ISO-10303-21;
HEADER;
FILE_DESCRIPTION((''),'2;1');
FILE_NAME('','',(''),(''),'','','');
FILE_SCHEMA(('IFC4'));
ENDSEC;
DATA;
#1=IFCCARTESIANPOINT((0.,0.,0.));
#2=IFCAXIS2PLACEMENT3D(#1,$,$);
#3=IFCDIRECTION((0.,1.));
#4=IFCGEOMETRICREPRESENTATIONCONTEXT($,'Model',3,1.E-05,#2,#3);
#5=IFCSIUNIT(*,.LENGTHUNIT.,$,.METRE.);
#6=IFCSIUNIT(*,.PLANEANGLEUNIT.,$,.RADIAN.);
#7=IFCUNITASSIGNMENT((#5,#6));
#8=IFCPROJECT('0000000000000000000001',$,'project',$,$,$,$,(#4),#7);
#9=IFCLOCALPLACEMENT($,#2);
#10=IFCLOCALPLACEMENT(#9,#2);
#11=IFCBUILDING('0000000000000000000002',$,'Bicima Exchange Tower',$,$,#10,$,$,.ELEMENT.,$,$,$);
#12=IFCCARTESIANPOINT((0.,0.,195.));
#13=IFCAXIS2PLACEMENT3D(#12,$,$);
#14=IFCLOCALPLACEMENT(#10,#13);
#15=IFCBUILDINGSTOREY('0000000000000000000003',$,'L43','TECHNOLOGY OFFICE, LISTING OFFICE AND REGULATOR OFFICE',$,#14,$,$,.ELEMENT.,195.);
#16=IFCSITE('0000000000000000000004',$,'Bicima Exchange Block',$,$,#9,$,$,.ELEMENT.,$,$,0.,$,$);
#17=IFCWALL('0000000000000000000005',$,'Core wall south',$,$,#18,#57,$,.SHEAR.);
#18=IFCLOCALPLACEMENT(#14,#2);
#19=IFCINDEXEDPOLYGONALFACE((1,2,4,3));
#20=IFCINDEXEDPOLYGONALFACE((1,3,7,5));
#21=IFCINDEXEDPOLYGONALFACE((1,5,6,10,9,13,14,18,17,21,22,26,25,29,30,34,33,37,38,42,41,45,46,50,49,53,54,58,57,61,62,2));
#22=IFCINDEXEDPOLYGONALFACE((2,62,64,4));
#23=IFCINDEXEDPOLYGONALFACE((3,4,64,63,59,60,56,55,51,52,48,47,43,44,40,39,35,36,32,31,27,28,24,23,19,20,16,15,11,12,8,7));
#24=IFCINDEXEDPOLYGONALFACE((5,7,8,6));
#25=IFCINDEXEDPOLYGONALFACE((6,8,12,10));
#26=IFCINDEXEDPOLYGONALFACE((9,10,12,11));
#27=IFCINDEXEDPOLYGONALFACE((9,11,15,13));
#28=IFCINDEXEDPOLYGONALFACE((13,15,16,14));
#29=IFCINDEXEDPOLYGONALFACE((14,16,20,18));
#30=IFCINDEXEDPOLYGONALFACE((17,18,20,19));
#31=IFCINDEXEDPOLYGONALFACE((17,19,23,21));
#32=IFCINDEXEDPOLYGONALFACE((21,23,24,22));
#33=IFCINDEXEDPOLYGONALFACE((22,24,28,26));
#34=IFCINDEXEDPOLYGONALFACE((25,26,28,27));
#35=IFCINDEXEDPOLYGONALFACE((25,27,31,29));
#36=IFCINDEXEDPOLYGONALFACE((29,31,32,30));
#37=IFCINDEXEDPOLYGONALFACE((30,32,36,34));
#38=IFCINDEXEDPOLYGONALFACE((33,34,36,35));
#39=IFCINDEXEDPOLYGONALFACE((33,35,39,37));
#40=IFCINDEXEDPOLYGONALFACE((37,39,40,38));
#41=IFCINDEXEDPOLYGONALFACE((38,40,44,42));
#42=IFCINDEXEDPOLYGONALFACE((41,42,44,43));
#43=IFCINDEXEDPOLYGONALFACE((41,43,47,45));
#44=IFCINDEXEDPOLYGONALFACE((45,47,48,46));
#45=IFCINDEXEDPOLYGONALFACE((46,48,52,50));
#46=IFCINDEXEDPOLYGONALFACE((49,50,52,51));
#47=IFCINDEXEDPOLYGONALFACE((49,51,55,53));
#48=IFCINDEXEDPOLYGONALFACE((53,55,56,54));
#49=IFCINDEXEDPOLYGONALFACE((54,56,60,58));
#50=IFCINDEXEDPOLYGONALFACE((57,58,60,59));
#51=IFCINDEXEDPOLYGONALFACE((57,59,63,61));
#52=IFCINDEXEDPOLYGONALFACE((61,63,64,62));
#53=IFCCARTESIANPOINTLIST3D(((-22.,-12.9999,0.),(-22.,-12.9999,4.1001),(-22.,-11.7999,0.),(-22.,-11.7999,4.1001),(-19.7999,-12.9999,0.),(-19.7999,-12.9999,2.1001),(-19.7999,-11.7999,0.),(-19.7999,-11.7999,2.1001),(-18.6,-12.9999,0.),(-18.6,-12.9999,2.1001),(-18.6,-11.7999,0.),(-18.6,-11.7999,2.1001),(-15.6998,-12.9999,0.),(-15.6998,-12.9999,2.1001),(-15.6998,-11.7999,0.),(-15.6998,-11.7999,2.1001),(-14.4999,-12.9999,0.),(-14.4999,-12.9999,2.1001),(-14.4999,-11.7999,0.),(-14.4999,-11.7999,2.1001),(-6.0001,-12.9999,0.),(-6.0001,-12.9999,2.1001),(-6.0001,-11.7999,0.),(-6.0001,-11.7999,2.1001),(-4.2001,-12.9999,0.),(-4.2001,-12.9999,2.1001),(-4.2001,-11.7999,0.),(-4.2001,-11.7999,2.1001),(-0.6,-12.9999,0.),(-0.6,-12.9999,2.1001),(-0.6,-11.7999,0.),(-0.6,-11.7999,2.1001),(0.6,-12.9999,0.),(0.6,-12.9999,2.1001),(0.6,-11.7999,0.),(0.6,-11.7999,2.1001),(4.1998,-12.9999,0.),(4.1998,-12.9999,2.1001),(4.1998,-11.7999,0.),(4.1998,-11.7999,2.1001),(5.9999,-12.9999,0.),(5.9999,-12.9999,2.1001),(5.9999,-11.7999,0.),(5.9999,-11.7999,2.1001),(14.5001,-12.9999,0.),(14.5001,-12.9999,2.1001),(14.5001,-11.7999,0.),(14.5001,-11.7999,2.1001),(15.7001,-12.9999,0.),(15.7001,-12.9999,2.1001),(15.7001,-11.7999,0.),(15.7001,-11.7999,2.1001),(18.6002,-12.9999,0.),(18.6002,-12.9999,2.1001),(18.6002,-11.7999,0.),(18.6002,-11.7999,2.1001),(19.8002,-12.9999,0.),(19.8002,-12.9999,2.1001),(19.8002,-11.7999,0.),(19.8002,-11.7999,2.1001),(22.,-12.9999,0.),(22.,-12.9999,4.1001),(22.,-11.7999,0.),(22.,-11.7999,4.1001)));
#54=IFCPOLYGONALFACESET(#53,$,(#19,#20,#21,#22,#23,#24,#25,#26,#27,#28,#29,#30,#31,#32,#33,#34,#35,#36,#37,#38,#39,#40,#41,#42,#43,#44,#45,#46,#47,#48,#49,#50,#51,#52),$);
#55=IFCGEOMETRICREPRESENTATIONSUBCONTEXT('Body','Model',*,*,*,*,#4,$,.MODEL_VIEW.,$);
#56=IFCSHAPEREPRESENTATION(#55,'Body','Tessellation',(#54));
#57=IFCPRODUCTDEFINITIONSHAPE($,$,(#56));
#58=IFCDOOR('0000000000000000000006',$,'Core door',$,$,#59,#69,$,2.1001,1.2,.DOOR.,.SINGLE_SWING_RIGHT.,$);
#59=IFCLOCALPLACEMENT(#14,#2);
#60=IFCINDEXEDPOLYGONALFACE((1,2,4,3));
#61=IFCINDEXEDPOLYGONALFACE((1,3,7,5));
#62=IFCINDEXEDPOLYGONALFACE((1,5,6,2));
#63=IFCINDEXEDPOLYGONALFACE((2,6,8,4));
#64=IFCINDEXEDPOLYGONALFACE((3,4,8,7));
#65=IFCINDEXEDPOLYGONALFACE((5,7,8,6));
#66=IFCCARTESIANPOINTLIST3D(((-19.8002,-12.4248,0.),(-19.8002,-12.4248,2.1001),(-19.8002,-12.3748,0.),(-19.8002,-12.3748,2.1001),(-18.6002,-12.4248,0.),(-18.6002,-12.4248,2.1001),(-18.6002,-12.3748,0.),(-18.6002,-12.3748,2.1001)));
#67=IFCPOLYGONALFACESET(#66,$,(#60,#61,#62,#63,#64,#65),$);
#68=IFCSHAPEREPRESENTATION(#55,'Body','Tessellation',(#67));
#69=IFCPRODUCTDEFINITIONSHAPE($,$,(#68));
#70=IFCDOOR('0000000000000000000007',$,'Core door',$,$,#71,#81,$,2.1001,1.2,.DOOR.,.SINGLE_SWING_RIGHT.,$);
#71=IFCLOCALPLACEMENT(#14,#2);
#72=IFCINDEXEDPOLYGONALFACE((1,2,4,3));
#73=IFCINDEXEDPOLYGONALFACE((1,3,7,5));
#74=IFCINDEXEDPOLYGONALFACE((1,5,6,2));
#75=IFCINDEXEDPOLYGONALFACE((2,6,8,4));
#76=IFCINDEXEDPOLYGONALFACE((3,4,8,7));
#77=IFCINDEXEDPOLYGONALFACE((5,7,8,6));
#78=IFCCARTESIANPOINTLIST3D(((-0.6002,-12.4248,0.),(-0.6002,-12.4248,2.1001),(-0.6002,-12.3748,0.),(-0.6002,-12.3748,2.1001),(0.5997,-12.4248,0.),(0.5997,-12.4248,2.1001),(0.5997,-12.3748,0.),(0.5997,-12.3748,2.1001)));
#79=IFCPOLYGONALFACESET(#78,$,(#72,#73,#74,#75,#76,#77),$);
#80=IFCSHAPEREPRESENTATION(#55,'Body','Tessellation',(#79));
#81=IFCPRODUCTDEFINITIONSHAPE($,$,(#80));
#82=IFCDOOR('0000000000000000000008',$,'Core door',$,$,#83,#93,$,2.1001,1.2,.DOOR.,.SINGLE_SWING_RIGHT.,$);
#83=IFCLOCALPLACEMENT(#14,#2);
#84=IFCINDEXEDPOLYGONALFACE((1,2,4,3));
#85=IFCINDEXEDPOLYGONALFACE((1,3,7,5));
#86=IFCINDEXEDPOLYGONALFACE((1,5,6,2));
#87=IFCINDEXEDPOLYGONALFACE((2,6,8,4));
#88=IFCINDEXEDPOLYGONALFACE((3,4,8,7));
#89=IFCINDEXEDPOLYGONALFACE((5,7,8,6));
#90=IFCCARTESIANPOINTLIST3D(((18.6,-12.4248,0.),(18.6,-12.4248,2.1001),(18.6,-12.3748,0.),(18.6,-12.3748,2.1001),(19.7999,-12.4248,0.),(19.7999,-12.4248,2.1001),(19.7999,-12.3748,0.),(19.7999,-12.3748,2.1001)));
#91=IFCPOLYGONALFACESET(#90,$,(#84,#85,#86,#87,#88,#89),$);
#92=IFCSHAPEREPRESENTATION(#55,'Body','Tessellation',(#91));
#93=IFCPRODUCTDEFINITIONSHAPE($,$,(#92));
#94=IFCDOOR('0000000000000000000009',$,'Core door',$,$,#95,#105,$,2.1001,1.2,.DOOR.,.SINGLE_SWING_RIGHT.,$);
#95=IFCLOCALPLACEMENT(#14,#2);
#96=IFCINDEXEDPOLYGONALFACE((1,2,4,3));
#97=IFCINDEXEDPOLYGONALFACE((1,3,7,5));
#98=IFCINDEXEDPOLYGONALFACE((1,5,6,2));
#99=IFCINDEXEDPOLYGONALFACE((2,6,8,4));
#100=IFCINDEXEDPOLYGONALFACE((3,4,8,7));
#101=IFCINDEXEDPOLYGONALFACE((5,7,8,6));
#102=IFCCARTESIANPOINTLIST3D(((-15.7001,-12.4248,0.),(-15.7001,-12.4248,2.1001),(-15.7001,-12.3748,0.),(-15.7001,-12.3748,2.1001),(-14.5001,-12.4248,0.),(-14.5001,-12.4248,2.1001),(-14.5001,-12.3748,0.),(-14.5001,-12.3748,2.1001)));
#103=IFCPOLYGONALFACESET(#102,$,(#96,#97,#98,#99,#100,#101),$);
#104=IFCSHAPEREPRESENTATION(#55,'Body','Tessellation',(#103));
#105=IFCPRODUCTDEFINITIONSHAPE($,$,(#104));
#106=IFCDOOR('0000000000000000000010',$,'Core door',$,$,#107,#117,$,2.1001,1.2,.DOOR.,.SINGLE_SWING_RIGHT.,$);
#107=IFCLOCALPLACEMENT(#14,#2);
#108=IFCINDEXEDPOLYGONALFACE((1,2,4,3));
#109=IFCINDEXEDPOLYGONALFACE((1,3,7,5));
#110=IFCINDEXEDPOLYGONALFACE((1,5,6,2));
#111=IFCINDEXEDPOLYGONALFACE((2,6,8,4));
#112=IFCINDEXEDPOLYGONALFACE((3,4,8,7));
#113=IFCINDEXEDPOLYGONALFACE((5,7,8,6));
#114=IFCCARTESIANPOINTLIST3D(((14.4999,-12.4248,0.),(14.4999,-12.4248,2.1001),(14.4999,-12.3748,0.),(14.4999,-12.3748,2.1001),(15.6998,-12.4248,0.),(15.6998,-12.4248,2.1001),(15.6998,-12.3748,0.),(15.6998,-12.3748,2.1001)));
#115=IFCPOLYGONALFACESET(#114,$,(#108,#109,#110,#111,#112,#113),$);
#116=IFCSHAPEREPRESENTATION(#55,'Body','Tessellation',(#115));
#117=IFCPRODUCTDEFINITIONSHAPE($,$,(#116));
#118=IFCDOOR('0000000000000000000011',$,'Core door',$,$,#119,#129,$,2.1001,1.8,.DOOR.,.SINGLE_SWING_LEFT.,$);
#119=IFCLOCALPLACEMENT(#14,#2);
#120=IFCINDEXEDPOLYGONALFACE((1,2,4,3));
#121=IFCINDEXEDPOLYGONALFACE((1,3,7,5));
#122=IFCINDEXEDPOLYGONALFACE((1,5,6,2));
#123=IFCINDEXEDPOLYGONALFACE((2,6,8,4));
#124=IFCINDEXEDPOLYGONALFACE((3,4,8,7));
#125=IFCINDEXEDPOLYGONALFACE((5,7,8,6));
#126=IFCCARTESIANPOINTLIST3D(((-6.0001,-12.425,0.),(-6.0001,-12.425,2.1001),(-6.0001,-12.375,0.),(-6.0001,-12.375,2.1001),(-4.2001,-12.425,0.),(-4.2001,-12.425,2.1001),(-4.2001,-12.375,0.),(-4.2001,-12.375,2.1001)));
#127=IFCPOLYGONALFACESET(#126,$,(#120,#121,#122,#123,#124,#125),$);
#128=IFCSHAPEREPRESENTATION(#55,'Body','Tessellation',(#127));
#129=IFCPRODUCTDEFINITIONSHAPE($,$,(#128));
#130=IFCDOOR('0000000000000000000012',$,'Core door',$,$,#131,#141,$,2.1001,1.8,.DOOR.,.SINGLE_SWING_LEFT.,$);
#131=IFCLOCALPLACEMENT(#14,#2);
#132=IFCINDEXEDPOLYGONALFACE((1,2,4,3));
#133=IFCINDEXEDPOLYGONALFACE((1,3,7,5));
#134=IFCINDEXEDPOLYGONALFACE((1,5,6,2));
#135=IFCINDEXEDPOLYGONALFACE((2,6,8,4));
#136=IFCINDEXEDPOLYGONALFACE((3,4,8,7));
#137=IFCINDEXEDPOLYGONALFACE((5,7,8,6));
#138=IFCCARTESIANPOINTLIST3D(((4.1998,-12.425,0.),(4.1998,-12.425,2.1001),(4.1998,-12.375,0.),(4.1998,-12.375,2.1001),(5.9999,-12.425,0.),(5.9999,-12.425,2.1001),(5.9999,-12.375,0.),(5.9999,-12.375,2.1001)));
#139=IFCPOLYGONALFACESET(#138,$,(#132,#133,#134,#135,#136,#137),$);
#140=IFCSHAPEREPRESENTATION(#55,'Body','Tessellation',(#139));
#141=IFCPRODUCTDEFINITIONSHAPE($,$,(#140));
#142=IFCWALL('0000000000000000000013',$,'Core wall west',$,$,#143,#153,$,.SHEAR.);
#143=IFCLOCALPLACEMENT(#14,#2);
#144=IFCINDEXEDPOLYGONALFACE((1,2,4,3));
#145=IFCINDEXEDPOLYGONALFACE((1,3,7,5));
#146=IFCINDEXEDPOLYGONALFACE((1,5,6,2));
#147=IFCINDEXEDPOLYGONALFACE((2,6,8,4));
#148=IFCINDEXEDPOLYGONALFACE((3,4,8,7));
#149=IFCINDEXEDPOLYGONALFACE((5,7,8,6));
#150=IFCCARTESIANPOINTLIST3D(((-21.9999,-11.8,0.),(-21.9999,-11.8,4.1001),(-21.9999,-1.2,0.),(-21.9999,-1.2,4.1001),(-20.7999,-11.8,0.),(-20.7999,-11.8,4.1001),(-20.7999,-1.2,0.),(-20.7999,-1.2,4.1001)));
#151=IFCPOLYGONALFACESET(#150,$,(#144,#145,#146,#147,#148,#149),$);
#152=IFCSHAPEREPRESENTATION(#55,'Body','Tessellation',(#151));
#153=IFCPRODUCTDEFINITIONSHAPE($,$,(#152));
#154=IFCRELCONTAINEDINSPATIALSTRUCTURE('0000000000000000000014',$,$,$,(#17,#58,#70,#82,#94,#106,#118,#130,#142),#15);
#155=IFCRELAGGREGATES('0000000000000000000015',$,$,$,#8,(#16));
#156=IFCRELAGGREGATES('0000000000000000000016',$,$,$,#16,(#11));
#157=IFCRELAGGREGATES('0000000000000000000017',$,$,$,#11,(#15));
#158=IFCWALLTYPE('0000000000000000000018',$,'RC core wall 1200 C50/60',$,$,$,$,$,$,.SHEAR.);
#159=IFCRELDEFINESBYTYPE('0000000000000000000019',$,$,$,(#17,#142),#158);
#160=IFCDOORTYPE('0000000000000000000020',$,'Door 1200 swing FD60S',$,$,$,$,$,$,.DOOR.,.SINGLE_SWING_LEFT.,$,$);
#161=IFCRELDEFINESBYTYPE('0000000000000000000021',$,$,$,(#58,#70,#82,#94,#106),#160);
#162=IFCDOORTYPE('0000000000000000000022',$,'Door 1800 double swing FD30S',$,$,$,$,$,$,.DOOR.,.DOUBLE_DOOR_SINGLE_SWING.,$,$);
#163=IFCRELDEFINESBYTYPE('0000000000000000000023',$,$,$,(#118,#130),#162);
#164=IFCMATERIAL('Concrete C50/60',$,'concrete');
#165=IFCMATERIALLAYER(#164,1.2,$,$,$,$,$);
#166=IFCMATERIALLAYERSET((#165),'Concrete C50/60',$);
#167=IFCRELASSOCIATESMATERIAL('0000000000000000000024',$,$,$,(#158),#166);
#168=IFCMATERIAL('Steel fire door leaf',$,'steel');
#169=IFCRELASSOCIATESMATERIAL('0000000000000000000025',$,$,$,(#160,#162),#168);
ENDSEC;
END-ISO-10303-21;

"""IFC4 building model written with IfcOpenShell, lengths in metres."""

from ifc_helpers import new_model, si_unit, direction, frame, frame_2d, origin, place, context, subcontext, project, spatial, rectangle, extrude, material, layer, layer_set, type_object, element, fill, save


model = new_model("IFC4")

# Units and contexts
model_context = context("Model", 3, precision=1e-05, world=origin(), true_north=direction((0.0, 1.0)))
body_context = subcontext(model_context, "Body", "Model", "MODEL_VIEW")
ifc_project = project(units=[si_unit("LENGTHUNIT", "METRE"), si_unit("PLANEANGLEUNIT", "RADIAN")], contexts=[model_context])

# Site, building, storey
site_placement = place(None, origin())
site = spatial("IfcSite", under=ifc_project, at=site_placement, Name="Bicima Exchange Block", CompositionType="ELEMENT", RefElevation=0.0)
building_placement = place(site_placement, origin())
building = spatial("IfcBuilding", under=site, at=building_placement, Name="Bicima Exchange Tower", CompositionType="ELEMENT")
storey_placement = place(building_placement, frame((0.0, 0.0, 195.0)))
storey = spatial("IfcBuildingStorey", under=building, at=storey_placement, Name="L43", Description="TECHNOLOGY OFFICE, LISTING OFFICE AND REGULATOR OFFICE", CompositionType="ELEMENT", Elevation=195.0)

# Wall, openings, doors
ifc_material_1 = material(Name="Concrete C50/60", Category="concrete")
ifc_layer_1 = layer(ifc_material_1, 1.2)
ifc_layer_set_1 = layer_set([ifc_layer_1], Name="Concrete C50/60")
wall_type_1 = type_object("IfcWallType", Name="RC core wall 1200 C50/60", PredefinedType="SHEAR", material=ifc_layer_set_1)
wall_1_placement = place(storey_placement, frame((-22.0, -12.3999, 0.0), z_axis=(0.0, 0.0, 1.0), x_axis=(1.0, 0.0, 0.0)))
wall_1 = element("IfcWall", 1, at=wall_1_placement, inside=storey, type_object=wall_type_1, Name="Core wall south", PredefinedType="SHEAR", context=body_context, shape_type="SweptSolid", body=[
    extrude(rectangle(XDim=44.0, YDim=1.2, at=frame_2d((22.0, 0.0))), origin(), (0.0, 0.0, 1.0), 4.1001),
])
opening_1_placement = place(wall_1_placement, frame((2.2, 0.0, 0.0)))
opening_1 = element("IfcOpeningElement", 2, at=opening_1_placement, cuts=wall_1, PredefinedType="OPENING", context=body_context, shape_type="SweptSolid", body=[
    extrude(rectangle(XDim=1.2, YDim=2.1001, at=frame_2d((0.6001, 1.05))), frame((0.0, 0.6118, 0.0), z_axis=(0.0, -1.0, 0.0), x_axis=(1.0, 0.0, 0.0)), (0.0, 0.0, 1.0), 1.2239),
])
opening_2_placement = place(wall_1_placement, frame((21.3999, 0.0, 0.0)))
opening_2 = element("IfcOpeningElement", 3, at=opening_2_placement, cuts=wall_1, PredefinedType="OPENING", context=body_context, shape_type="SweptSolid", body=[
    extrude(rectangle(XDim=1.2, YDim=2.1001, at=frame_2d((0.6001, 1.05))), frame((0.0, 0.6118, 0.0), z_axis=(0.0, -1.0, 0.0), x_axis=(1.0, 0.0, 0.0)), (0.0, 0.0, 1.0), 1.2239),
])
opening_3_placement = place(wall_1_placement, frame((40.6001, 0.0, 0.0)))
opening_3 = element("IfcOpeningElement", 4, at=opening_3_placement, cuts=wall_1, PredefinedType="OPENING", context=body_context, shape_type="SweptSolid", body=[
    extrude(rectangle(XDim=1.2, YDim=2.1001, at=frame_2d((0.6001, 1.05))), frame((0.0, 0.6118, 0.0), z_axis=(0.0, -1.0, 0.0), x_axis=(1.0, 0.0, 0.0)), (0.0, 0.0, 1.0), 1.2239),
])
opening_4_placement = place(wall_1_placement, frame((16.0, 0.0, 0.0)))
opening_4 = element("IfcOpeningElement", 5, at=opening_4_placement, cuts=wall_1, PredefinedType="OPENING", context=body_context, shape_type="SweptSolid", body=[
    extrude(rectangle(XDim=1.8, YDim=2.1001, at=frame_2d((0.8999, 1.05))), frame((0.0, 0.6118, 0.0), z_axis=(0.0, -1.0, 0.0), x_axis=(1.0, 0.0, 0.0)), (0.0, 0.0, 1.0), 1.2239),
])
opening_5_placement = place(wall_1_placement, frame((6.3, 0.0, 0.0)))
opening_5 = element("IfcOpeningElement", 6, at=opening_5_placement, cuts=wall_1, PredefinedType="OPENING", context=body_context, shape_type="SweptSolid", body=[
    extrude(rectangle(XDim=1.2, YDim=2.1001, at=frame_2d((0.6001, 1.05))), frame((0.0, 0.6118, 0.0), z_axis=(0.0, -1.0, 0.0), x_axis=(1.0, 0.0, 0.0)), (0.0, 0.0, 1.0), 1.2239),
])
opening_6_placement = place(wall_1_placement, frame((26.2, 0.0, 0.0)))
opening_6 = element("IfcOpeningElement", 7, at=opening_6_placement, cuts=wall_1, PredefinedType="OPENING", context=body_context, shape_type="SweptSolid", body=[
    extrude(rectangle(XDim=1.8, YDim=2.1001, at=frame_2d((0.8999, 1.05))), frame((0.0, 0.6118, 0.0), z_axis=(0.0, -1.0, 0.0), x_axis=(1.0, 0.0, 0.0)), (0.0, 0.0, 1.0), 1.2239),
])
opening_7_placement = place(wall_1_placement, frame((36.5, 0.0, 0.0)))
opening_7 = element("IfcOpeningElement", 8, at=opening_7_placement, cuts=wall_1, PredefinedType="OPENING", context=body_context, shape_type="SweptSolid", body=[
    extrude(rectangle(XDim=1.2, YDim=2.1001, at=frame_2d((0.6001, 1.05))), frame((0.0, 0.6118, 0.0), z_axis=(0.0, -1.0, 0.0), x_axis=(1.0, 0.0, 0.0)), (0.0, 0.0, 1.0), 1.2239),
])
ifc_material_2 = material(Name="Steel fire door leaf", Category="steel")
door_type_1 = type_object("IfcDoorType", Name="Door 1200 swing FD60S", OperationType="SINGLE_SWING_LEFT", PredefinedType="DOOR", material=ifc_material_2)
door_1_placement = place(opening_1_placement, frame((1.2, 0.0, 0.0), z_axis=(0.0, 0.0, 1.0), x_axis=(-1.0, 0.0, 0.0)))
door_1 = element("IfcDoor", 9, at=door_1_placement, inside=storey, type_object=door_type_1, Name="Core door", OperationType="SINGLE_SWING_RIGHT", OverallHeight=2.1001, OverallWidth=1.2, PredefinedType="DOOR", context=body_context, shape_type="SweptSolid", body=[
    extrude(rectangle(XDim=1.2, YDim=2.1001, at=frame_2d((0.6001, 1.05))), frame((0.0, 0.0249, 0.0), z_axis=(0.0, -1.0, 0.0), x_axis=(1.0, 0.0, 0.0)), (0.0, 0.0, 1.0), 0.05),
])
fill(opening_1, door_1)
door_2_placement = place(opening_2_placement, frame((1.2, 0.0, 0.0), z_axis=(0.0, 0.0, 1.0), x_axis=(-1.0, 0.0, 0.0)))
door_2 = element("IfcDoor", 10, at=door_2_placement, inside=storey, type_object=door_type_1, Name="Core door", OperationType="SINGLE_SWING_RIGHT", OverallHeight=2.1001, OverallWidth=1.2, PredefinedType="DOOR", context=body_context, shape_type="SweptSolid", body=[
    extrude(rectangle(XDim=1.2, YDim=2.1001, at=frame_2d((0.6001, 1.05))), frame((0.0, 0.0249, 0.0), z_axis=(0.0, -1.0, 0.0), x_axis=(1.0, 0.0, 0.0)), (0.0, 0.0, 1.0), 0.05),
])
fill(opening_2, door_2)
door_3_placement = place(opening_3_placement, frame((1.2, 0.0, 0.0), z_axis=(0.0, 0.0, 1.0), x_axis=(-1.0, 0.0, 0.0)))
door_3 = element("IfcDoor", 11, at=door_3_placement, inside=storey, type_object=door_type_1, Name="Core door", OperationType="SINGLE_SWING_RIGHT", OverallHeight=2.1001, OverallWidth=1.2, PredefinedType="DOOR", context=body_context, shape_type="SweptSolid", body=[
    extrude(rectangle(XDim=1.2, YDim=2.1001, at=frame_2d((0.6001, 1.05))), frame((0.0, 0.0249, 0.0), z_axis=(0.0, -1.0, 0.0), x_axis=(1.0, 0.0, 0.0)), (0.0, 0.0, 1.0), 0.05),
])
fill(opening_3, door_3)
door_4_placement = place(opening_5_placement, frame((1.2, 0.0, 0.0), z_axis=(0.0, 0.0, 1.0), x_axis=(-1.0, 0.0, 0.0)))
door_4 = element("IfcDoor", 12, at=door_4_placement, inside=storey, type_object=door_type_1, Name="Core door", OperationType="SINGLE_SWING_RIGHT", OverallHeight=2.1001, OverallWidth=1.2, PredefinedType="DOOR", context=body_context, shape_type="SweptSolid", body=[
    extrude(rectangle(XDim=1.2, YDim=2.1001, at=frame_2d((0.6001, 1.05))), frame((0.0, 0.0249, 0.0), z_axis=(0.0, -1.0, 0.0), x_axis=(1.0, 0.0, 0.0)), (0.0, 0.0, 1.0), 0.05),
])
fill(opening_5, door_4)
door_5_placement = place(opening_7_placement, frame((1.2, 0.0, 0.0), z_axis=(0.0, 0.0, 1.0), x_axis=(-1.0, 0.0, 0.0)))
door_5 = element("IfcDoor", 13, at=door_5_placement, inside=storey, type_object=door_type_1, Name="Core door", OperationType="SINGLE_SWING_RIGHT", OverallHeight=2.1001, OverallWidth=1.2, PredefinedType="DOOR", context=body_context, shape_type="SweptSolid", body=[
    extrude(rectangle(XDim=1.2, YDim=2.1001, at=frame_2d((0.6001, 1.05))), frame((0.0, 0.0249, 0.0), z_axis=(0.0, -1.0, 0.0), x_axis=(1.0, 0.0, 0.0)), (0.0, 0.0, 1.0), 0.05),
])
fill(opening_7, door_5)
door_type_2 = type_object("IfcDoorType", Name="Door 1800 double swing FD30S", OperationType="DOUBLE_DOOR_SINGLE_SWING", PredefinedType="DOOR", material=ifc_material_2)
door_6_placement = place(opening_4_placement, origin())
door_6 = element("IfcDoor", 14, at=door_6_placement, inside=storey, type_object=door_type_2, Name="Core door", OperationType="SINGLE_SWING_LEFT", OverallHeight=2.1001, OverallWidth=1.8, PredefinedType="DOOR", context=body_context, shape_type="SweptSolid", body=[
    extrude(rectangle(XDim=1.8, YDim=2.1001, at=frame_2d((0.8999, 1.05))), frame((0.0, 0.0249, 0.0), z_axis=(0.0, -1.0, 0.0), x_axis=(1.0, 0.0, 0.0)), (0.0, 0.0, 1.0), 0.05),
])
fill(opening_4, door_6)
door_7_placement = place(opening_6_placement, origin())
door_7 = element("IfcDoor", 15, at=door_7_placement, inside=storey, type_object=door_type_2, Name="Core door", OperationType="SINGLE_SWING_LEFT", OverallHeight=2.1001, OverallWidth=1.8, PredefinedType="DOOR", context=body_context, shape_type="SweptSolid", body=[
    extrude(rectangle(XDim=1.8, YDim=2.1001, at=frame_2d((0.8999, 1.05))), frame((0.0, 0.0249, 0.0), z_axis=(0.0, -1.0, 0.0), x_axis=(1.0, 0.0, 0.0)), (0.0, 0.0, 1.0), 0.05),
])
fill(opening_6, door_7)

# Wall
wall_2_placement = place(storey_placement, frame((-21.3999, -11.8, 0.0), z_axis=(0.0, 0.0, 1.0), x_axis=(0.0, 1.0, 0.0)))
element("IfcWall", 16, at=wall_2_placement, inside=storey, type_object=wall_type_1, Name="Core wall west", PredefinedType="SHEAR", context=body_context, shape_type="SweptSolid", body=[
    extrude(rectangle(XDim=10.6001, YDim=1.2, at=frame_2d((5.3, 0.0))), origin(), (0.0, 0.0, 1.0), 4.1001),
])

save(model, "model.ifc")
